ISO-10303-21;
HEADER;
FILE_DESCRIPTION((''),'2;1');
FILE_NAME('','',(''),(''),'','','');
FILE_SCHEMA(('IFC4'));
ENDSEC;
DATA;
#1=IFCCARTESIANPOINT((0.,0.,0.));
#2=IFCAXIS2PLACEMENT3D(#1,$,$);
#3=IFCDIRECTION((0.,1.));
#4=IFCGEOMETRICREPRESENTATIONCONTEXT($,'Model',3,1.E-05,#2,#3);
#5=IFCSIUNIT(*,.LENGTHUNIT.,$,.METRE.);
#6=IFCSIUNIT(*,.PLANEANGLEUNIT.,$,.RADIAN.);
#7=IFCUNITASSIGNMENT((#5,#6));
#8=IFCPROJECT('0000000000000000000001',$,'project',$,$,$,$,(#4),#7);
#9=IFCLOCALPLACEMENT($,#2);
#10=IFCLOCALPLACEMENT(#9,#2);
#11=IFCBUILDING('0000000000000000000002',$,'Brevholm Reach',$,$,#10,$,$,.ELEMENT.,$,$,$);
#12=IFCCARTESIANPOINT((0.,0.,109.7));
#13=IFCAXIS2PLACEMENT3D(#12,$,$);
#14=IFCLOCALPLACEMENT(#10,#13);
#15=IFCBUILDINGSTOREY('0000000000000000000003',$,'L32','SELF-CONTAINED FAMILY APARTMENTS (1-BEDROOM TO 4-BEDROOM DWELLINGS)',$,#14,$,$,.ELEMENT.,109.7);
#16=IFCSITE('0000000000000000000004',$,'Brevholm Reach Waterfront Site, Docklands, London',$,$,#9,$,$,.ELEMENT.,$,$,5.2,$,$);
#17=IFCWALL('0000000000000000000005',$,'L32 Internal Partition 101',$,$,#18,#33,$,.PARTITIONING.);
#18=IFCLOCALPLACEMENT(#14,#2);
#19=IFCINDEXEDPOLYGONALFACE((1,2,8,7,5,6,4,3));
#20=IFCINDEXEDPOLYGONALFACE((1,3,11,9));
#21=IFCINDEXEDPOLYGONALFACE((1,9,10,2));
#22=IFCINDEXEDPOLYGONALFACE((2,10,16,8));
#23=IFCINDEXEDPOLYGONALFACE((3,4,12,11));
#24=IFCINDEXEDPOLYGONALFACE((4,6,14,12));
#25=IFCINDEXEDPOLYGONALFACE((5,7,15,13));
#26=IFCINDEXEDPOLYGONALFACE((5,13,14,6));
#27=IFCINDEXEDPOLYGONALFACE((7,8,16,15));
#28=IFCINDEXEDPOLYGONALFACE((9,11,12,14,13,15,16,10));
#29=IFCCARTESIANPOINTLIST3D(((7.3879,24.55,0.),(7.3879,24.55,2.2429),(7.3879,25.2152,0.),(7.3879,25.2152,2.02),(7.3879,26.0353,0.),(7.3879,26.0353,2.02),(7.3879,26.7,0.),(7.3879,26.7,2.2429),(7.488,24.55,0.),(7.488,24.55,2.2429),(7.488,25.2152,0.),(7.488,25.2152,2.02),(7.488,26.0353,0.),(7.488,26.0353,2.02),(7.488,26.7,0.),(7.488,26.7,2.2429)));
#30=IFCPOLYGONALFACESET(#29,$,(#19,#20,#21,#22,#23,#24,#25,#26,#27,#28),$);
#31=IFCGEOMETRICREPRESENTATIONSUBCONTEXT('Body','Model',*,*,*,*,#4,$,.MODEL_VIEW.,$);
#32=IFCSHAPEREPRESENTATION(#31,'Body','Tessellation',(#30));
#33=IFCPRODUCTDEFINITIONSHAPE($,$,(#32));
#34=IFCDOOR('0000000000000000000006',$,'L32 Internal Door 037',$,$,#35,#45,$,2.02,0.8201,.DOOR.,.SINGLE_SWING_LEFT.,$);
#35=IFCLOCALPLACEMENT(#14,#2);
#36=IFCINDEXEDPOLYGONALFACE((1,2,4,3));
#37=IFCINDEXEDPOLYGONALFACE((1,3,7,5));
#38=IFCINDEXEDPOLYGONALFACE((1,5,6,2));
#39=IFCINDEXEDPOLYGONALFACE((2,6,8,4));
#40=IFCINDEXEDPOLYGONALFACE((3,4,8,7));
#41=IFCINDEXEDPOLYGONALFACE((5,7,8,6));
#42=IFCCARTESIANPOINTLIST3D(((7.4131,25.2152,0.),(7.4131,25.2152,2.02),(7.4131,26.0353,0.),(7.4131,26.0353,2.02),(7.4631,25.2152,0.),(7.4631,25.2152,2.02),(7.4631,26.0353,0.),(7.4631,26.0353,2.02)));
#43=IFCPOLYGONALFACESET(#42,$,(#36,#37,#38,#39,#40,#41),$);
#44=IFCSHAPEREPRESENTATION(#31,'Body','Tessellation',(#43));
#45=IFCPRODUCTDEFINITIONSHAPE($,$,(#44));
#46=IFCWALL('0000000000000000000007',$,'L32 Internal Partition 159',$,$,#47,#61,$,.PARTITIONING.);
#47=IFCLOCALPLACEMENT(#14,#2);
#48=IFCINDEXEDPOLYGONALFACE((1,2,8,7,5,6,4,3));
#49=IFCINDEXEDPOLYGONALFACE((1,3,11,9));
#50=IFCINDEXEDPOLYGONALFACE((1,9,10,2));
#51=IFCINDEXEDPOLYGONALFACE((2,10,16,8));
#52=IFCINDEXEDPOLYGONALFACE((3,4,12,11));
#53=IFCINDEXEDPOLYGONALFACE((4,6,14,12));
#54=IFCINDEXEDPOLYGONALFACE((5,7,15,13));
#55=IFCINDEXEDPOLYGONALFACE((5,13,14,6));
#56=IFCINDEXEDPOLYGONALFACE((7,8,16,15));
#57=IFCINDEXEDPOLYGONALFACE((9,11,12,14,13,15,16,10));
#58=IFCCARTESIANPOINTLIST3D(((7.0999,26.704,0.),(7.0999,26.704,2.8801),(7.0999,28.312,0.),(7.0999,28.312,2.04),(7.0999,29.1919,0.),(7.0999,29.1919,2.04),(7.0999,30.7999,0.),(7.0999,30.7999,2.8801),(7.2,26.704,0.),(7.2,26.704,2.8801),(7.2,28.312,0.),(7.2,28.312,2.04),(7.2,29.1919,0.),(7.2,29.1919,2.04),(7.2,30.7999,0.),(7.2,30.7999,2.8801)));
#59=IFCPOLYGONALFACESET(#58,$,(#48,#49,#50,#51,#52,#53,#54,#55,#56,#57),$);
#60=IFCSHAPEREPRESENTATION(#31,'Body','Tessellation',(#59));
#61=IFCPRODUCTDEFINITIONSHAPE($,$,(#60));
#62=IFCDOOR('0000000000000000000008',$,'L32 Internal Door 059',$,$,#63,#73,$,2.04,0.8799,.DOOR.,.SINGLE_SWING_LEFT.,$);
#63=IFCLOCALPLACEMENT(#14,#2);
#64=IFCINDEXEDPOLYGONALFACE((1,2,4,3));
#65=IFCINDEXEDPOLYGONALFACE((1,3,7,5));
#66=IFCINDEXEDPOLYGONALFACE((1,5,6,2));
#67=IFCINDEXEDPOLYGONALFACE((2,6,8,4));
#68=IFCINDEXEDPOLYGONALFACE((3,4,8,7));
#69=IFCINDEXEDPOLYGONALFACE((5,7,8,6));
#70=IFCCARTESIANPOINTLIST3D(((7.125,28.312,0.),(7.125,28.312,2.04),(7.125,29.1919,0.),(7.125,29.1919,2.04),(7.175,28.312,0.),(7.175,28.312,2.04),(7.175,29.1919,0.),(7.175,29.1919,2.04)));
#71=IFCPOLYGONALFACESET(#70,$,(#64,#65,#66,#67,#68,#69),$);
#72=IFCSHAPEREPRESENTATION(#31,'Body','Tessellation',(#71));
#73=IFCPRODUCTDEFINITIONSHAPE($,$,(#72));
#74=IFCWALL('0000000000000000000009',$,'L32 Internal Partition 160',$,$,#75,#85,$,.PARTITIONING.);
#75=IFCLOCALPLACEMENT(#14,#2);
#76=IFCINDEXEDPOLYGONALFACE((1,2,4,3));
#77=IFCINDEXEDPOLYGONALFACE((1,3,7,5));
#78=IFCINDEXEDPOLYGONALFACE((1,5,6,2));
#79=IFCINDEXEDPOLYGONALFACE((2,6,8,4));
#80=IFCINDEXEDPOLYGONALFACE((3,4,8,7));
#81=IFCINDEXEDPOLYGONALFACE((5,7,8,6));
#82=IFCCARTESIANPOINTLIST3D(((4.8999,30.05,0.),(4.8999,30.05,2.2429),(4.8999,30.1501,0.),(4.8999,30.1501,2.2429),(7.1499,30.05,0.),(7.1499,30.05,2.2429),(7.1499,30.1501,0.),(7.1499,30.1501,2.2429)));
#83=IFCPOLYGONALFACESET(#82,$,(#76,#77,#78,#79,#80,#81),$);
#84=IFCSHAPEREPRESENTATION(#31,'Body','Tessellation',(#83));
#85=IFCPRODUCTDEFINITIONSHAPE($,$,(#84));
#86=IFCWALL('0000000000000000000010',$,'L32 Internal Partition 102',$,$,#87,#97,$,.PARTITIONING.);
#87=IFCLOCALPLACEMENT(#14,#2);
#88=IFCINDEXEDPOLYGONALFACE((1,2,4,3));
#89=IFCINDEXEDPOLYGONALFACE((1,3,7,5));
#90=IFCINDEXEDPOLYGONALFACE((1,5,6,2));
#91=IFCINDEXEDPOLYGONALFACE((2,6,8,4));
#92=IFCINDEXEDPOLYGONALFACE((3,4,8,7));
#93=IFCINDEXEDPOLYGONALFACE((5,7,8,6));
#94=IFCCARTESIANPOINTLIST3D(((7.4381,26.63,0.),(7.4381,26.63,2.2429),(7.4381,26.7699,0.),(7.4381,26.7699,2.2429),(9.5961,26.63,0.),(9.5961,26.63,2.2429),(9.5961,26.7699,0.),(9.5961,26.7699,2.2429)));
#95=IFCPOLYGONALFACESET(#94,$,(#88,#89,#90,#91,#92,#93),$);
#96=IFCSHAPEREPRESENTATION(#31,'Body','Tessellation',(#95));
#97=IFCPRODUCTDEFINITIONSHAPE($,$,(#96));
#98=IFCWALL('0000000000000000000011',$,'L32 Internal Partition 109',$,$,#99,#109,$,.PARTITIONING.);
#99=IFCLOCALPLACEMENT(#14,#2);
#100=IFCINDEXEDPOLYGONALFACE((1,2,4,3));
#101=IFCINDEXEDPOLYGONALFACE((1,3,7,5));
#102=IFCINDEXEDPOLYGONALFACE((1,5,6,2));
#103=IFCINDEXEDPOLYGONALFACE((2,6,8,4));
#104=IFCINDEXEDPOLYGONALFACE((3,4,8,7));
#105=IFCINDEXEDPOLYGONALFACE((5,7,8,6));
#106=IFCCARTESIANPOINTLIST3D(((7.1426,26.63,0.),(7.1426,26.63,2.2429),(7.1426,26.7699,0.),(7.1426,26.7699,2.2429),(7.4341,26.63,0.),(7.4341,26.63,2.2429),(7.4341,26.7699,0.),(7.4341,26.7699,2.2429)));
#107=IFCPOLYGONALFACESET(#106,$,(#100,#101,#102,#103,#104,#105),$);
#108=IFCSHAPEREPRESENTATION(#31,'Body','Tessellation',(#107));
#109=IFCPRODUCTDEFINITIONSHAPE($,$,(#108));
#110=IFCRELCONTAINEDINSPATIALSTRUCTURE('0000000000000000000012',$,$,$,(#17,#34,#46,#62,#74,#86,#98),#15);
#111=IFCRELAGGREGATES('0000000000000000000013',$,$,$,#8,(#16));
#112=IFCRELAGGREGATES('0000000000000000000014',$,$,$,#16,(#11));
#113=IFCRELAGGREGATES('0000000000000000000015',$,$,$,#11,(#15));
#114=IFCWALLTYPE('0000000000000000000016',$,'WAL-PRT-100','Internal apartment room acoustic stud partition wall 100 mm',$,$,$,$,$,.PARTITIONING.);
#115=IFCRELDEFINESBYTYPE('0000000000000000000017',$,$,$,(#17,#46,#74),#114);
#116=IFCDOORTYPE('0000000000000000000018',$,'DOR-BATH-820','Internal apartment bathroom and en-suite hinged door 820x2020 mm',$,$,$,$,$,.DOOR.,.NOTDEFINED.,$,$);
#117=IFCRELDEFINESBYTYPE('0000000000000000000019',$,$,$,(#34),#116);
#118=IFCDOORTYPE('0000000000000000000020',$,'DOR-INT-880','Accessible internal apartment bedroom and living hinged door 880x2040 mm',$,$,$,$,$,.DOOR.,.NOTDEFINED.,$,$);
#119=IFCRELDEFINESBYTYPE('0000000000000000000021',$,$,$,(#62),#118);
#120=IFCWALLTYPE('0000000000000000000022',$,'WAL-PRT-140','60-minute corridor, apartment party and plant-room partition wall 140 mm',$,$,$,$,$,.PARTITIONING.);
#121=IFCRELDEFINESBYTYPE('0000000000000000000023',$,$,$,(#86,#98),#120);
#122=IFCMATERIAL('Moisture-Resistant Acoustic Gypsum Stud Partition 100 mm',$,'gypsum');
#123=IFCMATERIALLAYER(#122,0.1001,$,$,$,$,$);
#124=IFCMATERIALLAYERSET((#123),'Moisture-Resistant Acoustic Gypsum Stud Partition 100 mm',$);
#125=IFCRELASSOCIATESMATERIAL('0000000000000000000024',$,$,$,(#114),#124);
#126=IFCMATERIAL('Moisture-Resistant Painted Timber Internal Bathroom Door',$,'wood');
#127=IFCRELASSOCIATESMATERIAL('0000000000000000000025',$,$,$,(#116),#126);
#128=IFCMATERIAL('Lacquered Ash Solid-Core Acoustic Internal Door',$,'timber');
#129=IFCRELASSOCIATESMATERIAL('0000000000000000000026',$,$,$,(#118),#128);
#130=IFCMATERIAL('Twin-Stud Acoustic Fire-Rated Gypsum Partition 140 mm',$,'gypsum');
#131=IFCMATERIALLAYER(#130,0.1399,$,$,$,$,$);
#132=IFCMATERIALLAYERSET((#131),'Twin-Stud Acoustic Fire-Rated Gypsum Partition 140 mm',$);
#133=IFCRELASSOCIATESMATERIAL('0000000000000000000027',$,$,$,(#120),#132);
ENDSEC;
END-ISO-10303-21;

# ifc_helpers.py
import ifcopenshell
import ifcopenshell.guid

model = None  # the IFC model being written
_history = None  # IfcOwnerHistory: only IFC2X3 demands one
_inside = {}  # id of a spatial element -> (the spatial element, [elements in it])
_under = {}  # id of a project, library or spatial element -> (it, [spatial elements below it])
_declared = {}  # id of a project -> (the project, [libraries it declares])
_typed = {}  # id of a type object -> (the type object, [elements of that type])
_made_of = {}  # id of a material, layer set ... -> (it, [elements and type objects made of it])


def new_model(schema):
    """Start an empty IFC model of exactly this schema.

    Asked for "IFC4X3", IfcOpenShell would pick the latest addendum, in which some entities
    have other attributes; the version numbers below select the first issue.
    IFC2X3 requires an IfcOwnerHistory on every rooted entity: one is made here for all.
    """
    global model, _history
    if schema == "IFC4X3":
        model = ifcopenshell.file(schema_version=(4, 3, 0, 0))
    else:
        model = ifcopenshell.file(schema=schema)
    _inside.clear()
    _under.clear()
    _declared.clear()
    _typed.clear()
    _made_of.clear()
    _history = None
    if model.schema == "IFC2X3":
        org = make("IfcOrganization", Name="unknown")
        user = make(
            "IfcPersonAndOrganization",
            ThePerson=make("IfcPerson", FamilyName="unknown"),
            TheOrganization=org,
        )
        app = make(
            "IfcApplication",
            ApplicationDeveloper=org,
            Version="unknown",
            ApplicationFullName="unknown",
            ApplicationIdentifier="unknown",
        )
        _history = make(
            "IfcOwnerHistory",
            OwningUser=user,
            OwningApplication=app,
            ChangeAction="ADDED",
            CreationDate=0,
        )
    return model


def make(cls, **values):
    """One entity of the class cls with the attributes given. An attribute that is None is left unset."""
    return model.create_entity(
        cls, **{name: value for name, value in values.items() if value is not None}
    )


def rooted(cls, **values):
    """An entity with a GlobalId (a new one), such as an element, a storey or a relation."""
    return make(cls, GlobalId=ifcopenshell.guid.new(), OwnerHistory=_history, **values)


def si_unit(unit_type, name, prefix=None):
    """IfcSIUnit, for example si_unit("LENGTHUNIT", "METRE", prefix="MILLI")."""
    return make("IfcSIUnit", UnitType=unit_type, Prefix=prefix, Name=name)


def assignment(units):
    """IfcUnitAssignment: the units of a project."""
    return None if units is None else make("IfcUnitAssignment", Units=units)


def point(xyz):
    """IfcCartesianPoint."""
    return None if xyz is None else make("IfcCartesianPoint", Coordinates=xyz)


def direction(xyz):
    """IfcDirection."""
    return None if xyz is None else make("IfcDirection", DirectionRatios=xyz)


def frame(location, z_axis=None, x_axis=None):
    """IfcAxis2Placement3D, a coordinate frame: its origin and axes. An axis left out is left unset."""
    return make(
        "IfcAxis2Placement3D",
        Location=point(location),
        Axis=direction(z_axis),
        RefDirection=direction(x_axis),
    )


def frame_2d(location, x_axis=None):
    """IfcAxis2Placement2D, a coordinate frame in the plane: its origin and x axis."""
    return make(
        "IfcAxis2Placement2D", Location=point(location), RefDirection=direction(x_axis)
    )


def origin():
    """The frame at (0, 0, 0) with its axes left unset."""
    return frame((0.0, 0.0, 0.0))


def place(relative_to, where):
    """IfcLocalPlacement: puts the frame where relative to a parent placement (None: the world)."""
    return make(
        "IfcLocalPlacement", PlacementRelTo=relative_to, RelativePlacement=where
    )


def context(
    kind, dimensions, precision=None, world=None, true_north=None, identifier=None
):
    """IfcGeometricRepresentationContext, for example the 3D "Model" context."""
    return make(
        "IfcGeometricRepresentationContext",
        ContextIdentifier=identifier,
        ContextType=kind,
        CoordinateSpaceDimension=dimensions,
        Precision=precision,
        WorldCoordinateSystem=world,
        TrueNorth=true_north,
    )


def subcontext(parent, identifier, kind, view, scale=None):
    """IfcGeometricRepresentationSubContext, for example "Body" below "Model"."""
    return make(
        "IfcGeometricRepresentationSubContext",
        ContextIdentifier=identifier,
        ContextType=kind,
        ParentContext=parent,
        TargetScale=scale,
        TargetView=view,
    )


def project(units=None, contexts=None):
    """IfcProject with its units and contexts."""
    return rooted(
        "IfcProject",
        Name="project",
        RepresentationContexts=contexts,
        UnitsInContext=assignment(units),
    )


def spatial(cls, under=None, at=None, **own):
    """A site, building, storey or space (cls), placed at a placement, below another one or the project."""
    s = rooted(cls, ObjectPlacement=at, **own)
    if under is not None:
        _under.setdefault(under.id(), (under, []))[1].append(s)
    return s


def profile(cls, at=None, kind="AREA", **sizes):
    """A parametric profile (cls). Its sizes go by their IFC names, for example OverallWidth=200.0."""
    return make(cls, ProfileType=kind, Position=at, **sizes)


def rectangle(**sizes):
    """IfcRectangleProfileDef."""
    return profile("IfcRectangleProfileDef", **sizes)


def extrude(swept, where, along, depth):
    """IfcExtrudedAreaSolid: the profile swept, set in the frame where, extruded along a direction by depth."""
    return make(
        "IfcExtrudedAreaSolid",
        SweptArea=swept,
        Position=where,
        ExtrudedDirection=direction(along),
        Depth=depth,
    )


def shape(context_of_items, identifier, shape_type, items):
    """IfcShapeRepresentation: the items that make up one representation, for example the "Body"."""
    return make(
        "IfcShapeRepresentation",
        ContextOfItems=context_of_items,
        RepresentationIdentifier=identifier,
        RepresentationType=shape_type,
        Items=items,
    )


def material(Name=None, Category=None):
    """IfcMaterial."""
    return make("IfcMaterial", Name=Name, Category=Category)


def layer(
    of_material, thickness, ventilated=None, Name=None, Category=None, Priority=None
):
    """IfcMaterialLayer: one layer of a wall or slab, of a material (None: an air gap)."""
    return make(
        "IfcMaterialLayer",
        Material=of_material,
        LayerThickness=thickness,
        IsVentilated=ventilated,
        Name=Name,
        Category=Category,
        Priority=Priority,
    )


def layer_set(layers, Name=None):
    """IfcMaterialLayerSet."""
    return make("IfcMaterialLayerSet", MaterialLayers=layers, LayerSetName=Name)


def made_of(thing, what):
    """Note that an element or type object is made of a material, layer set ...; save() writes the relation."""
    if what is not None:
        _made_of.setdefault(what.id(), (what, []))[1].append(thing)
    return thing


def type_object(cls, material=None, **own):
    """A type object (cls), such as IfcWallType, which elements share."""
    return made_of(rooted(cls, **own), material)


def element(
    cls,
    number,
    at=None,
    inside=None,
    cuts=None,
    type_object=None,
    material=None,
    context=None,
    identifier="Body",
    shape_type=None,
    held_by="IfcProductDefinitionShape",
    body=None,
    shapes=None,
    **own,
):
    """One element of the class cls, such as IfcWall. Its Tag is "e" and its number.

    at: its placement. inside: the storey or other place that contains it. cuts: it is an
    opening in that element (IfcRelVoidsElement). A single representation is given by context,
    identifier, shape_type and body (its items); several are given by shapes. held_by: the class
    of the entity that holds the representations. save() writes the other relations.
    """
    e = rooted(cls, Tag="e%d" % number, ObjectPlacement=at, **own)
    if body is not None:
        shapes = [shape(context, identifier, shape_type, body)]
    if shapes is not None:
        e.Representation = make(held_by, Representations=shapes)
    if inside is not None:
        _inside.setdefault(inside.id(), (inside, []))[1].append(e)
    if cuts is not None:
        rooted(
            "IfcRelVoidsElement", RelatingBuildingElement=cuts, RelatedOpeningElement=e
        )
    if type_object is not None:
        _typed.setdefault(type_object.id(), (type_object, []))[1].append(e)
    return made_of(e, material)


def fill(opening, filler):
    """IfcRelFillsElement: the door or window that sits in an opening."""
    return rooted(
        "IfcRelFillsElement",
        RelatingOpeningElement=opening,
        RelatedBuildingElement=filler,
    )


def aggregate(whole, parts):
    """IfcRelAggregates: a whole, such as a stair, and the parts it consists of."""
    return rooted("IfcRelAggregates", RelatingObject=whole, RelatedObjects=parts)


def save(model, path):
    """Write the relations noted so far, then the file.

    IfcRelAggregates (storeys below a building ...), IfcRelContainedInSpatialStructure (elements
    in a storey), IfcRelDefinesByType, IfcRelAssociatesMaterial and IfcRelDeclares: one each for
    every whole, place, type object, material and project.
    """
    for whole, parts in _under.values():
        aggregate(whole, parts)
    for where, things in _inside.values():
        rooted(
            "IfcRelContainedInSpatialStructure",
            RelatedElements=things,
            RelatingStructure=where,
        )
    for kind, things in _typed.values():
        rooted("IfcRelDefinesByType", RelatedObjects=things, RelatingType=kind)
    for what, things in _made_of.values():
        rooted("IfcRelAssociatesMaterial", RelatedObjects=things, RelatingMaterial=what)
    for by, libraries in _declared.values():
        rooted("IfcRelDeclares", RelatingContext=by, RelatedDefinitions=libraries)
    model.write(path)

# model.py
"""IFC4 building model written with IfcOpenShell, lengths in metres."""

from ifc_helpers import new_model, si_unit, direction, frame, frame_2d, origin, place, context, subcontext, project, spatial, rectangle, extrude, material, layer, layer_set, type_object, element, fill, save


model = new_model("IFC4")

# Units and contexts
model_context = context("Model", 3, precision=1e-05, world=origin(), true_north=direction((0.0, 1.0)))
body_context = subcontext(model_context, "Body", "Model", "MODEL_VIEW")
ifc_project = project(units=[si_unit("LENGTHUNIT", "METRE"), si_unit("PLANEANGLEUNIT", "RADIAN")], contexts=[model_context])

# Site, building, storey
site_placement = place(None, origin())
site = spatial("IfcSite", under=ifc_project, at=site_placement, Name="Brevholm Reach Waterfront Site, Docklands, London", CompositionType="ELEMENT", RefElevation=5.2)
building_placement = place(site_placement, origin())
building = spatial("IfcBuilding", under=site, at=building_placement, Name="Brevholm Reach", CompositionType="ELEMENT")
storey_placement = place(building_placement, frame((0.0, 0.0, 109.7)))
storey = spatial("IfcBuildingStorey", under=building, at=storey_placement, Name="L32", Description="SELF-CONTAINED FAMILY APARTMENTS (1-BEDROOM TO 4-BEDROOM DWELLINGS)", CompositionType="ELEMENT", Elevation=109.7)

# Shared definitions
ifc_material_1 = material(Name="Moisture-Resistant Acoustic Gypsum Stud Partition 100 mm", Category="gypsum")
ifc_layer_1 = layer(ifc_material_1, 0.1001)
ifc_layer_set_1 = layer_set([ifc_layer_1], Name="Moisture-Resistant Acoustic Gypsum Stud Partition 100 mm")
wall_type_1 = type_object("IfcWallType", Name="WAL-PRT-100", Description="Internal apartment room acoustic stud partition wall 100 mm", PredefinedType="PARTITIONING", material=ifc_layer_set_1)

# Walls, openings, doors
wall_1_placement = place(storey_placement, frame((7.438, 24.55, 0.0), z_axis=(0.0, 0.0, 1.0), x_axis=(0.0, 1.0, 0.0)))
wall_1 = element("IfcWall", 1, at=wall_1_placement, inside=storey, type_object=wall_type_1, Name="L32 Internal Partition 101", PredefinedType="PARTITIONING", context=body_context, shape_type="SweptSolid", body=[
    extrude(rectangle(XDim=2.1499, YDim=0.1001, at=frame_2d((1.075, 0.0))), origin(), (0.0, 0.0, 1.0), 2.2429),
])
opening_1_placement = place(wall_1_placement, frame((0.665, 0.0, 0.0)))
opening_1 = element("IfcOpeningElement", 2, at=opening_1_placement, cuts=wall_1, PredefinedType="OPENING", context=body_context, shape_type="SweptSolid", body=[
    extrude(rectangle(XDim=0.8201, YDim=2.02, at=frame_2d((0.4102, 1.01))), frame((0.0, 0.0601, 0.0), z_axis=(0.0, -1.0, 0.0), x_axis=(1.0, 0.0, 0.0)), (0.0, 0.0, 1.0), 0.1201),
])
ifc_material_2 = material(Name="Moisture-Resistant Painted Timber Internal Bathroom Door", Category="wood")
door_type_1 = type_object("IfcDoorType", Name="DOR-BATH-820", Description="Internal apartment bathroom and en-suite hinged door 820x2020 mm", OperationType="NOTDEFINED", PredefinedType="DOOR", material=ifc_material_2)
door_1_placement = place(opening_1_placement, origin())
door_1 = element("IfcDoor", 3, at=door_1_placement, inside=storey, type_object=door_type_1, Name="L32 Internal Door 037", OperationType="SINGLE_SWING_LEFT", OverallHeight=2.02, OverallWidth=0.8201, PredefinedType="DOOR", context=body_context, shape_type="SweptSolid", body=[
    extrude(rectangle(XDim=0.8201, YDim=2.02, at=frame_2d((0.4102, 1.01))), frame((0.0, 0.0249, 0.0), z_axis=(0.0, -1.0, 0.0), x_axis=(1.0, 0.0, 0.0)), (0.0, 0.0, 1.0), 0.05),
])
fill(opening_1, door_1)
wall_2_placement = place(storey_placement, frame((7.1499, 26.7041, 0.0), z_axis=(0.0, 0.0, 1.0), x_axis=(0.0, 1.0, 0.0)))
wall_2 = element("IfcWall", 4, at=wall_2_placement, inside=storey, type_object=wall_type_1, Name="L32 Internal Partition 159", PredefinedType="PARTITIONING", context=body_context, shape_type="SweptSolid", body=[
    extrude(rectangle(XDim=4.0959, YDim=0.1001, at=frame_2d((2.0479, 0.0))), origin(), (0.0, 0.0, 1.0), 2.8801),
])
opening_2_placement = place(wall_2_placement, frame((1.6079, 0.0, 0.0)))
opening_2 = element("IfcOpeningElement", 5, at=opening_2_placement, cuts=wall_2, PredefinedType="OPENING", context=body_context, shape_type="SweptSolid", body=[
    extrude(rectangle(XDim=0.8799, YDim=2.04, at=frame_2d((0.4399, 1.02))), frame((0.0, 0.0601, 0.0), z_axis=(0.0, -1.0, 0.0), x_axis=(1.0, 0.0, 0.0)), (0.0, 0.0, 1.0), 0.1201),
])
ifc_material_3 = material(Name="Lacquered Ash Solid-Core Acoustic Internal Door", Category="timber")
door_type_2 = type_object("IfcDoorType", Name="DOR-INT-880", Description="Accessible internal apartment bedroom and living hinged door 880x2040 mm", OperationType="NOTDEFINED", PredefinedType="DOOR", material=ifc_material_3)
door_2_placement = place(opening_2_placement, origin())
door_2 = element("IfcDoor", 6, at=door_2_placement, inside=storey, type_object=door_type_2, Name="L32 Internal Door 059", OperationType="SINGLE_SWING_LEFT", OverallHeight=2.04, OverallWidth=0.8799, PredefinedType="DOOR", context=body_context, shape_type="SweptSolid", body=[
    extrude(rectangle(XDim=0.8799, YDim=2.04, at=frame_2d((0.4399, 1.02))), frame((0.0, 0.0249, 0.0), z_axis=(0.0, -1.0, 0.0), x_axis=(1.0, 0.0, 0.0)), (0.0, 0.0, 1.0), 0.05),
])
fill(opening_2, door_2)

# Walls
wall_3_placement = place(storey_placement, frame((4.8999, 30.1001, 0.0), z_axis=(0.0, 0.0, 1.0), x_axis=(1.0, 0.0, 0.0)))
element("IfcWall", 7, at=wall_3_placement, inside=storey, type_object=wall_type_1, Name="L32 Internal Partition 160", PredefinedType="PARTITIONING", context=body_context, shape_type="SweptSolid", body=[
    extrude(rectangle(XDim=2.25, YDim=0.1001, at=frame_2d((1.125, 0.0))), origin(), (0.0, 0.0, 1.0), 2.2429),
])
ifc_material_4 = material(Name="Twin-Stud Acoustic Fire-Rated Gypsum Partition 140 mm", Category="gypsum")
ifc_layer_2 = layer(ifc_material_4, 0.1399)
ifc_layer_set_2 = layer_set([ifc_layer_2], Name="Twin-Stud Acoustic Fire-Rated Gypsum Partition 140 mm")
wall_type_2 = type_object("IfcWallType", Name="WAL-PRT-140", Description="60-minute corridor, apartment party and plant-room partition wall 140 mm", PredefinedType="PARTITIONING", material=ifc_layer_set_2)
wall_4_placement = place(storey_placement, frame((7.438, 26.7, 0.0), z_axis=(0.0, 0.0, 1.0), x_axis=(1.0, 0.0, 0.0)))
element("IfcWall", 8, at=wall_4_placement, inside=storey, type_object=wall_type_2, Name="L32 Internal Partition 102", PredefinedType="PARTITIONING", context=body_context, shape_type="SweptSolid", body=[
    extrude(rectangle(XDim=2.158, YDim=0.1399, at=frame_2d((1.0791, 0.0))), origin(), (0.0, 0.0, 1.0), 2.2429),
])
wall_5_placement = place(storey_placement, frame((7.1426, 26.7, 0.0), z_axis=(0.0, 0.0, 1.0), x_axis=(1.0, 0.0, 0.0)))
element("IfcWall", 9, at=wall_5_placement, inside=storey, type_object=wall_type_2, Name="L32 Internal Partition 109", PredefinedType="PARTITIONING", context=body_context, shape_type="SweptSolid", body=[
    extrude(rectangle(XDim=0.2915, YDim=0.1399, at=frame_2d((0.1458, 0.0))), origin(), (0.0, 0.0, 1.0), 2.2429),
])

save(model, "model.ifc")
